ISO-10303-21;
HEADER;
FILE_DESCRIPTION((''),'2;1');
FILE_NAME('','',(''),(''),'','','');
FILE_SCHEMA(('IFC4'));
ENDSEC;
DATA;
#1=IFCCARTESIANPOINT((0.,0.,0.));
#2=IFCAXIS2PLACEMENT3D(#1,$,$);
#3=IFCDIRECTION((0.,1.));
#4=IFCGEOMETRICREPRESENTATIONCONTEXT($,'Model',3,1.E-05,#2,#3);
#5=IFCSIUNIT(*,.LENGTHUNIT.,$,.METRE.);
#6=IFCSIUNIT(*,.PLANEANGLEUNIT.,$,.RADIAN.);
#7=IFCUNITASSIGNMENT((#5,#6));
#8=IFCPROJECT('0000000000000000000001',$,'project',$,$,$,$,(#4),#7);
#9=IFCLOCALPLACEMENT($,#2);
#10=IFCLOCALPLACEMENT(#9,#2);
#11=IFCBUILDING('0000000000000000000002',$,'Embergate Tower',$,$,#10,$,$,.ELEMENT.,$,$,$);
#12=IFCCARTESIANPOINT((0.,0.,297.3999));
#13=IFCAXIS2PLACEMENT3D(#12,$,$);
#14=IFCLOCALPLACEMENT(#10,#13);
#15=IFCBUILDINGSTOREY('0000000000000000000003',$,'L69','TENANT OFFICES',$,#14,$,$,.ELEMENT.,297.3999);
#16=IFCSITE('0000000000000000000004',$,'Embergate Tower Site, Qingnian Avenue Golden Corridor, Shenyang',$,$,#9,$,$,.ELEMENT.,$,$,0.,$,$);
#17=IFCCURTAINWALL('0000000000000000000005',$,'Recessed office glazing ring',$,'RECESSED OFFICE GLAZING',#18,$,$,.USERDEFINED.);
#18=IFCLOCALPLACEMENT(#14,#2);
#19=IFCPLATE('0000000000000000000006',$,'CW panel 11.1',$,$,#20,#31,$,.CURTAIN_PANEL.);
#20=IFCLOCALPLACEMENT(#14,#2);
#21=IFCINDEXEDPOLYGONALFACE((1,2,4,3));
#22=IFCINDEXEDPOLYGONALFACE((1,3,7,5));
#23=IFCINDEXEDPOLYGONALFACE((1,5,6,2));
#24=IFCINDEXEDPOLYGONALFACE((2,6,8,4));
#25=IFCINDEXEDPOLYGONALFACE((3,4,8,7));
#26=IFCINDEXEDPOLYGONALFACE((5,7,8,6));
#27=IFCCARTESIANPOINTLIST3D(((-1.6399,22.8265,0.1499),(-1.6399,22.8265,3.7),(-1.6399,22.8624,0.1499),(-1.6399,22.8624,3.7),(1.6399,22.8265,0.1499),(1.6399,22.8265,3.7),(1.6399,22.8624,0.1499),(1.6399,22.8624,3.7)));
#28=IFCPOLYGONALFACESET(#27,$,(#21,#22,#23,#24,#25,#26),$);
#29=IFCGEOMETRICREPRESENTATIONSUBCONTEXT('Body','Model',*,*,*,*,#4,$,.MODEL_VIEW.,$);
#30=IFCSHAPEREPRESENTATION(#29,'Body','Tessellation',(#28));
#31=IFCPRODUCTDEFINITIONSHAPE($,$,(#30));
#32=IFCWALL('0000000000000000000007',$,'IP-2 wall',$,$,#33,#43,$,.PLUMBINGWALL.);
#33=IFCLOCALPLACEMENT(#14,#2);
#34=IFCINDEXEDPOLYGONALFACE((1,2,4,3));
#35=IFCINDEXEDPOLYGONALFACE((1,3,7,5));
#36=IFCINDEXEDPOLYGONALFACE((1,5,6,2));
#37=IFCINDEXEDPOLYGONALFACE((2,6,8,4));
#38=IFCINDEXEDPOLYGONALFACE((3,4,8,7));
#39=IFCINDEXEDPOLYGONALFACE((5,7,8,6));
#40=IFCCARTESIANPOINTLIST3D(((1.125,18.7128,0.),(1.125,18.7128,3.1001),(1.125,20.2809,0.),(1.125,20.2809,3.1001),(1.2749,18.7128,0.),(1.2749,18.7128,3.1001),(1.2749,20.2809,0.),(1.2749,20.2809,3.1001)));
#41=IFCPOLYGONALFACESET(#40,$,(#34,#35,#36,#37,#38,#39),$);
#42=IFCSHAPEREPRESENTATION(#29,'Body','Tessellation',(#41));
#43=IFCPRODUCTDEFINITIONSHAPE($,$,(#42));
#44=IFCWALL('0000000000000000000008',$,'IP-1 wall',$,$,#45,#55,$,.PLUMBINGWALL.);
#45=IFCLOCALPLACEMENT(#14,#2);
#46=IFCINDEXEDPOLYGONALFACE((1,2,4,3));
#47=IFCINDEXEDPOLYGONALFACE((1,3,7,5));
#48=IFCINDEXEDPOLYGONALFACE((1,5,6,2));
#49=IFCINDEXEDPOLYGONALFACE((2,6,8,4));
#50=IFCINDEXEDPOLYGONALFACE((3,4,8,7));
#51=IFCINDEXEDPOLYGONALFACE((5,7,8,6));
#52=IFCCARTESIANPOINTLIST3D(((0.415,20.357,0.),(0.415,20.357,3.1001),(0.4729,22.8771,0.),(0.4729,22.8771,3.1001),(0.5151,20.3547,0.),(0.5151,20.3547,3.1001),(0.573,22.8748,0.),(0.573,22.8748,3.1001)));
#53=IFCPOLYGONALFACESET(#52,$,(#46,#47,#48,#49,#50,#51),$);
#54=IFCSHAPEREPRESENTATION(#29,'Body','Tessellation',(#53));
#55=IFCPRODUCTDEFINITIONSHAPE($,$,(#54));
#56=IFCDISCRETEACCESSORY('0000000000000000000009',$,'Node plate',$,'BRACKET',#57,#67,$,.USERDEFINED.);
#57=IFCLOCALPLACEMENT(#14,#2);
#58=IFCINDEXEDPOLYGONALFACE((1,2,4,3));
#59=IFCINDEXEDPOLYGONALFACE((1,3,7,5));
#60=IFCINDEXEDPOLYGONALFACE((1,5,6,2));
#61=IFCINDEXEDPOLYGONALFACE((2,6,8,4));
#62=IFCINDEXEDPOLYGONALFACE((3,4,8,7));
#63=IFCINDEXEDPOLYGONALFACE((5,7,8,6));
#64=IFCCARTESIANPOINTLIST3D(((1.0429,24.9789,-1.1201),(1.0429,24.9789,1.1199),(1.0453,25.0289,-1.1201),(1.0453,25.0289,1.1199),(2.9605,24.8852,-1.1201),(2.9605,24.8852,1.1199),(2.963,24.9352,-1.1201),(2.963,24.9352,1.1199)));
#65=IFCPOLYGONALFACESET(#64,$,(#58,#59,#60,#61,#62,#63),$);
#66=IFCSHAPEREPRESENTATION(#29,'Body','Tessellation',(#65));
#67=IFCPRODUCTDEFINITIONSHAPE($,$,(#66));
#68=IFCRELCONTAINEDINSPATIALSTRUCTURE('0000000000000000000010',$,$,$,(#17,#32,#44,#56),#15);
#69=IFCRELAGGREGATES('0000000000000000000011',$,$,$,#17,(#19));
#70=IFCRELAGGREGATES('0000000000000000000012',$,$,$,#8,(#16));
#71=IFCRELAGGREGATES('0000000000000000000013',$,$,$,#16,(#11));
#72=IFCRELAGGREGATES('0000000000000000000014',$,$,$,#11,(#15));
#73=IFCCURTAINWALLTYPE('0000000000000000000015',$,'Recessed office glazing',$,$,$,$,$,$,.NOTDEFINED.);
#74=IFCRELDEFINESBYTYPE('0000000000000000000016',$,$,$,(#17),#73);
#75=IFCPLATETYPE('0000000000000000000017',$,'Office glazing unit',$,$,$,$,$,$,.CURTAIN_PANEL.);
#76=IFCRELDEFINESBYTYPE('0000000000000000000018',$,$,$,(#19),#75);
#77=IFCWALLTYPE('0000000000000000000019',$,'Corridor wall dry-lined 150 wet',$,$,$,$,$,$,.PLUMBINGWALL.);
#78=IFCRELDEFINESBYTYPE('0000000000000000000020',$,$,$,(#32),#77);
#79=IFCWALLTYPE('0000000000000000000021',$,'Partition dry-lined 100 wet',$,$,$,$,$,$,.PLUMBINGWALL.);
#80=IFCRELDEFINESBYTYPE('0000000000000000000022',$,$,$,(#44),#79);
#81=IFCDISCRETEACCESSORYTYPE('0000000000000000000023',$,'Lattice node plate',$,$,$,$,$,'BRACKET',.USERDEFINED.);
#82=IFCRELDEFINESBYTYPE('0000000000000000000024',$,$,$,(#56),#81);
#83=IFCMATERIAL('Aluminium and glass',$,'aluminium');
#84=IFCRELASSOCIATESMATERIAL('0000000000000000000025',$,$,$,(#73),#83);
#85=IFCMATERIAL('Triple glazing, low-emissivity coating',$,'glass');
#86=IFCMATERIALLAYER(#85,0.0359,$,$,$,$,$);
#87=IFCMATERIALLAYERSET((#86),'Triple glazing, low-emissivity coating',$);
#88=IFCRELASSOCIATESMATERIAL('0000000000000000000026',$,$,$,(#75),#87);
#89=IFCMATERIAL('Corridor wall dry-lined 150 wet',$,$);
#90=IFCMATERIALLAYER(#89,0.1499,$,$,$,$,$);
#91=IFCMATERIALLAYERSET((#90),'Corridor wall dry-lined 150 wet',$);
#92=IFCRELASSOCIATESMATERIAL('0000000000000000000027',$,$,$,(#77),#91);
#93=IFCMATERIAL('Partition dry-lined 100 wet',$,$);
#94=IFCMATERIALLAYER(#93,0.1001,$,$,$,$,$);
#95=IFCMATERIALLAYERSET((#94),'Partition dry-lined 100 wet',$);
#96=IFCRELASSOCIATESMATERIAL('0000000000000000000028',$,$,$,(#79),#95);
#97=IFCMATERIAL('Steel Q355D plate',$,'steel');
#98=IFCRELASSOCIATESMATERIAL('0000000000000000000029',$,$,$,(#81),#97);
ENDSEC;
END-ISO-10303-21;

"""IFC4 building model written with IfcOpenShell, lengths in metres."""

from ifc_helpers import new_model, si_unit, direction, frame, frame_2d, origin, origin_2d, place, context, subcontext, project, spatial, rectangle, extrude, source, transform, mapped, material, layer, layer_set, type_object, element, aggregate, save


model = new_model("IFC4")

# Units and contexts
model_context = context("Model", 3, precision=1e-05, world=origin(), true_north=direction((0.0, 1.0)))
body_context = subcontext(model_context, "Body", "Model", "MODEL_VIEW")
ifc_project = project(units=[si_unit("LENGTHUNIT", "METRE"), si_unit("PLANEANGLEUNIT", "RADIAN")], contexts=[model_context])

# Site, building, storey
site_placement = place(None, origin())
site = spatial("IfcSite", under=ifc_project, at=site_placement, Name="Embergate Tower Site, Qingnian Avenue Golden Corridor, Shenyang", CompositionType="ELEMENT", RefElevation=0.0)
building_placement = place(site_placement, origin())
building = spatial("IfcBuilding", under=site, at=building_placement, Name="Embergate Tower", CompositionType="ELEMENT")
storey_placement = place(building_placement, frame((0.0, 0.0, 297.3999)))
storey = spatial("IfcBuildingStorey", under=building, at=storey_placement, Name="L69", Description="TENANT OFFICES", CompositionType="ELEMENT", Elevation=297.3999)

# Curtain wall, plate
ifc_material_1 = material(Name="Aluminium and glass", Category="aluminium")
curtain_wall_type = type_object("IfcCurtainWallType", Name="Recessed office glazing", PredefinedType="NOTDEFINED", material=ifc_material_1)
curtain_wall_placement = place(storey_placement, origin())
curtain_wall = element("IfcCurtainWall", 1, at=curtain_wall_placement, inside=storey, type_object=curtain_wall_type, Name="Recessed office glazing ring", ObjectType="RECESSED OFFICE GLAZING", PredefinedType="USERDEFINED")
ifc_material_2 = material(Name="Triple glazing, low-emissivity coating", Category="glass")
ifc_layer_1 = layer(ifc_material_2, 0.0359)
ifc_layer_set_1 = layer_set([ifc_layer_1], Name="Triple glazing, low-emissivity coating")
plate_type = type_object("IfcPlateType", Name="Office glazing unit", PredefinedType="CURTAIN_PANEL", material=ifc_layer_set_1)
shared_shape_1 = source(origin(), body_context, "Body", "SweptSolid", [
    extrude(rectangle(XDim=3.2798, YDim=0.0359, at=origin_2d()), origin(), (0.0, 0.0, 1.0), 3.55),
])
plate_1_placement = place(storey_placement, frame((0.0, 22.8445, 0.1499), z_axis=(0.0, 0.0, 1.0), x_axis=(-1.0, 0.0, 0.0)))
plate_1 = element("IfcPlate", 2, at=plate_1_placement, type_object=plate_type, Name="CW panel 11.1", PredefinedType="CURTAIN_PANEL", context=body_context, shape_type="MappedRepresentation", body=[
    mapped(shared_shape_1, transform((0.0, 0.0, 0.0))),
])
aggregate(curtain_wall, [plate_1])

# Walls
ifc_material_3 = material(Name="Corridor wall dry-lined 150 wet")
ifc_layer_2 = layer(ifc_material_3, 0.1499)
ifc_layer_set_2 = layer_set([ifc_layer_2], Name="Corridor wall dry-lined 150 wet")
wall_type_1 = type_object("IfcWallType", Name="Corridor wall dry-lined 150 wet", PredefinedType="PLUMBINGWALL", material=ifc_layer_set_2)
shared_shape_2 = source(origin(), body_context, "Body", "SweptSolid", [
    extrude(rectangle(XDim=1.5681, YDim=0.1499, at=frame_2d((0.7842, 0.0))), origin(), (0.0, 0.0, 1.0), 3.1001),
])
wall_1_placement = place(storey_placement, frame((1.2, 20.281, 0.0), z_axis=(0.0, 0.0, 1.0), x_axis=(0.0, -1.0, 0.0)))
element("IfcWall", 3, at=wall_1_placement, inside=storey, type_object=wall_type_1, Name="IP-2 wall", PredefinedType="PLUMBINGWALL", context=body_context, shape_type="MappedRepresentation", body=[
    mapped(shared_shape_2, transform((0.0, 0.0, 0.0))),
])
ifc_material_4 = material(Name="Partition dry-lined 100 wet")
ifc_layer_3 = layer(ifc_material_4, 0.1001)
ifc_layer_set_3 = layer_set([ifc_layer_3], Name="Partition dry-lined 100 wet")
wall_type_2 = type_object("IfcWallType", Name="Partition dry-lined 100 wet", PredefinedType="PLUMBINGWALL", material=ifc_layer_set_3)
shared_shape_3 = source(origin(), body_context, "Body", "SweptSolid", [
    extrude(rectangle(XDim=2.5208, YDim=0.1001, at=frame_2d((1.2603, 0.0))), origin(), (0.0, 0.0, 1.0), 3.1001),
])
wall_2_placement = place(storey_placement, frame((0.4651, 20.356, 0.0), z_axis=(0.0, 0.0, 1.0), x_axis=(0.022955, 0.999737, 0.0)))
element("IfcWall", 4, at=wall_2_placement, inside=storey, type_object=wall_type_2, Name="IP-1 wall", PredefinedType="PLUMBINGWALL", context=body_context, shape_type="MappedRepresentation", body=[
    mapped(shared_shape_3, transform((0.0, 0.0, 0.0))),
])

# Discrete accessory
ifc_material_5 = material(Name="Steel Q355D plate", Category="steel")
discrete_accessory_type = type_object("IfcDiscreteAccessoryType", Name="Lattice node plate", ElementType="BRACKET", PredefinedType="USERDEFINED", material=ifc_material_5)
shared_shape_4 = source(origin(), body_context, "Body", "SweptSolid", [
    extrude(rectangle(XDim=1.9199, YDim=0.05, at=origin_2d()), origin(), (0.0, 0.0, 1.0), 2.24),
])
discrete_accessory_placement = place(storey_placement, frame((2.0029, 24.957, -1.1201), z_axis=(0.0, 0.0, 1.0), x_axis=(-0.998808, 0.048815, 0.0)))
element("IfcDiscreteAccessory", 5, at=discrete_accessory_placement, inside=storey, type_object=discrete_accessory_type, Name="Node plate", ObjectType="BRACKET", PredefinedType="USERDEFINED", context=body_context, shape_type="MappedRepresentation", body=[
    mapped(shared_shape_4, transform((0.0, 0.0, 0.0))),
])

save(model, "model.ifc")
